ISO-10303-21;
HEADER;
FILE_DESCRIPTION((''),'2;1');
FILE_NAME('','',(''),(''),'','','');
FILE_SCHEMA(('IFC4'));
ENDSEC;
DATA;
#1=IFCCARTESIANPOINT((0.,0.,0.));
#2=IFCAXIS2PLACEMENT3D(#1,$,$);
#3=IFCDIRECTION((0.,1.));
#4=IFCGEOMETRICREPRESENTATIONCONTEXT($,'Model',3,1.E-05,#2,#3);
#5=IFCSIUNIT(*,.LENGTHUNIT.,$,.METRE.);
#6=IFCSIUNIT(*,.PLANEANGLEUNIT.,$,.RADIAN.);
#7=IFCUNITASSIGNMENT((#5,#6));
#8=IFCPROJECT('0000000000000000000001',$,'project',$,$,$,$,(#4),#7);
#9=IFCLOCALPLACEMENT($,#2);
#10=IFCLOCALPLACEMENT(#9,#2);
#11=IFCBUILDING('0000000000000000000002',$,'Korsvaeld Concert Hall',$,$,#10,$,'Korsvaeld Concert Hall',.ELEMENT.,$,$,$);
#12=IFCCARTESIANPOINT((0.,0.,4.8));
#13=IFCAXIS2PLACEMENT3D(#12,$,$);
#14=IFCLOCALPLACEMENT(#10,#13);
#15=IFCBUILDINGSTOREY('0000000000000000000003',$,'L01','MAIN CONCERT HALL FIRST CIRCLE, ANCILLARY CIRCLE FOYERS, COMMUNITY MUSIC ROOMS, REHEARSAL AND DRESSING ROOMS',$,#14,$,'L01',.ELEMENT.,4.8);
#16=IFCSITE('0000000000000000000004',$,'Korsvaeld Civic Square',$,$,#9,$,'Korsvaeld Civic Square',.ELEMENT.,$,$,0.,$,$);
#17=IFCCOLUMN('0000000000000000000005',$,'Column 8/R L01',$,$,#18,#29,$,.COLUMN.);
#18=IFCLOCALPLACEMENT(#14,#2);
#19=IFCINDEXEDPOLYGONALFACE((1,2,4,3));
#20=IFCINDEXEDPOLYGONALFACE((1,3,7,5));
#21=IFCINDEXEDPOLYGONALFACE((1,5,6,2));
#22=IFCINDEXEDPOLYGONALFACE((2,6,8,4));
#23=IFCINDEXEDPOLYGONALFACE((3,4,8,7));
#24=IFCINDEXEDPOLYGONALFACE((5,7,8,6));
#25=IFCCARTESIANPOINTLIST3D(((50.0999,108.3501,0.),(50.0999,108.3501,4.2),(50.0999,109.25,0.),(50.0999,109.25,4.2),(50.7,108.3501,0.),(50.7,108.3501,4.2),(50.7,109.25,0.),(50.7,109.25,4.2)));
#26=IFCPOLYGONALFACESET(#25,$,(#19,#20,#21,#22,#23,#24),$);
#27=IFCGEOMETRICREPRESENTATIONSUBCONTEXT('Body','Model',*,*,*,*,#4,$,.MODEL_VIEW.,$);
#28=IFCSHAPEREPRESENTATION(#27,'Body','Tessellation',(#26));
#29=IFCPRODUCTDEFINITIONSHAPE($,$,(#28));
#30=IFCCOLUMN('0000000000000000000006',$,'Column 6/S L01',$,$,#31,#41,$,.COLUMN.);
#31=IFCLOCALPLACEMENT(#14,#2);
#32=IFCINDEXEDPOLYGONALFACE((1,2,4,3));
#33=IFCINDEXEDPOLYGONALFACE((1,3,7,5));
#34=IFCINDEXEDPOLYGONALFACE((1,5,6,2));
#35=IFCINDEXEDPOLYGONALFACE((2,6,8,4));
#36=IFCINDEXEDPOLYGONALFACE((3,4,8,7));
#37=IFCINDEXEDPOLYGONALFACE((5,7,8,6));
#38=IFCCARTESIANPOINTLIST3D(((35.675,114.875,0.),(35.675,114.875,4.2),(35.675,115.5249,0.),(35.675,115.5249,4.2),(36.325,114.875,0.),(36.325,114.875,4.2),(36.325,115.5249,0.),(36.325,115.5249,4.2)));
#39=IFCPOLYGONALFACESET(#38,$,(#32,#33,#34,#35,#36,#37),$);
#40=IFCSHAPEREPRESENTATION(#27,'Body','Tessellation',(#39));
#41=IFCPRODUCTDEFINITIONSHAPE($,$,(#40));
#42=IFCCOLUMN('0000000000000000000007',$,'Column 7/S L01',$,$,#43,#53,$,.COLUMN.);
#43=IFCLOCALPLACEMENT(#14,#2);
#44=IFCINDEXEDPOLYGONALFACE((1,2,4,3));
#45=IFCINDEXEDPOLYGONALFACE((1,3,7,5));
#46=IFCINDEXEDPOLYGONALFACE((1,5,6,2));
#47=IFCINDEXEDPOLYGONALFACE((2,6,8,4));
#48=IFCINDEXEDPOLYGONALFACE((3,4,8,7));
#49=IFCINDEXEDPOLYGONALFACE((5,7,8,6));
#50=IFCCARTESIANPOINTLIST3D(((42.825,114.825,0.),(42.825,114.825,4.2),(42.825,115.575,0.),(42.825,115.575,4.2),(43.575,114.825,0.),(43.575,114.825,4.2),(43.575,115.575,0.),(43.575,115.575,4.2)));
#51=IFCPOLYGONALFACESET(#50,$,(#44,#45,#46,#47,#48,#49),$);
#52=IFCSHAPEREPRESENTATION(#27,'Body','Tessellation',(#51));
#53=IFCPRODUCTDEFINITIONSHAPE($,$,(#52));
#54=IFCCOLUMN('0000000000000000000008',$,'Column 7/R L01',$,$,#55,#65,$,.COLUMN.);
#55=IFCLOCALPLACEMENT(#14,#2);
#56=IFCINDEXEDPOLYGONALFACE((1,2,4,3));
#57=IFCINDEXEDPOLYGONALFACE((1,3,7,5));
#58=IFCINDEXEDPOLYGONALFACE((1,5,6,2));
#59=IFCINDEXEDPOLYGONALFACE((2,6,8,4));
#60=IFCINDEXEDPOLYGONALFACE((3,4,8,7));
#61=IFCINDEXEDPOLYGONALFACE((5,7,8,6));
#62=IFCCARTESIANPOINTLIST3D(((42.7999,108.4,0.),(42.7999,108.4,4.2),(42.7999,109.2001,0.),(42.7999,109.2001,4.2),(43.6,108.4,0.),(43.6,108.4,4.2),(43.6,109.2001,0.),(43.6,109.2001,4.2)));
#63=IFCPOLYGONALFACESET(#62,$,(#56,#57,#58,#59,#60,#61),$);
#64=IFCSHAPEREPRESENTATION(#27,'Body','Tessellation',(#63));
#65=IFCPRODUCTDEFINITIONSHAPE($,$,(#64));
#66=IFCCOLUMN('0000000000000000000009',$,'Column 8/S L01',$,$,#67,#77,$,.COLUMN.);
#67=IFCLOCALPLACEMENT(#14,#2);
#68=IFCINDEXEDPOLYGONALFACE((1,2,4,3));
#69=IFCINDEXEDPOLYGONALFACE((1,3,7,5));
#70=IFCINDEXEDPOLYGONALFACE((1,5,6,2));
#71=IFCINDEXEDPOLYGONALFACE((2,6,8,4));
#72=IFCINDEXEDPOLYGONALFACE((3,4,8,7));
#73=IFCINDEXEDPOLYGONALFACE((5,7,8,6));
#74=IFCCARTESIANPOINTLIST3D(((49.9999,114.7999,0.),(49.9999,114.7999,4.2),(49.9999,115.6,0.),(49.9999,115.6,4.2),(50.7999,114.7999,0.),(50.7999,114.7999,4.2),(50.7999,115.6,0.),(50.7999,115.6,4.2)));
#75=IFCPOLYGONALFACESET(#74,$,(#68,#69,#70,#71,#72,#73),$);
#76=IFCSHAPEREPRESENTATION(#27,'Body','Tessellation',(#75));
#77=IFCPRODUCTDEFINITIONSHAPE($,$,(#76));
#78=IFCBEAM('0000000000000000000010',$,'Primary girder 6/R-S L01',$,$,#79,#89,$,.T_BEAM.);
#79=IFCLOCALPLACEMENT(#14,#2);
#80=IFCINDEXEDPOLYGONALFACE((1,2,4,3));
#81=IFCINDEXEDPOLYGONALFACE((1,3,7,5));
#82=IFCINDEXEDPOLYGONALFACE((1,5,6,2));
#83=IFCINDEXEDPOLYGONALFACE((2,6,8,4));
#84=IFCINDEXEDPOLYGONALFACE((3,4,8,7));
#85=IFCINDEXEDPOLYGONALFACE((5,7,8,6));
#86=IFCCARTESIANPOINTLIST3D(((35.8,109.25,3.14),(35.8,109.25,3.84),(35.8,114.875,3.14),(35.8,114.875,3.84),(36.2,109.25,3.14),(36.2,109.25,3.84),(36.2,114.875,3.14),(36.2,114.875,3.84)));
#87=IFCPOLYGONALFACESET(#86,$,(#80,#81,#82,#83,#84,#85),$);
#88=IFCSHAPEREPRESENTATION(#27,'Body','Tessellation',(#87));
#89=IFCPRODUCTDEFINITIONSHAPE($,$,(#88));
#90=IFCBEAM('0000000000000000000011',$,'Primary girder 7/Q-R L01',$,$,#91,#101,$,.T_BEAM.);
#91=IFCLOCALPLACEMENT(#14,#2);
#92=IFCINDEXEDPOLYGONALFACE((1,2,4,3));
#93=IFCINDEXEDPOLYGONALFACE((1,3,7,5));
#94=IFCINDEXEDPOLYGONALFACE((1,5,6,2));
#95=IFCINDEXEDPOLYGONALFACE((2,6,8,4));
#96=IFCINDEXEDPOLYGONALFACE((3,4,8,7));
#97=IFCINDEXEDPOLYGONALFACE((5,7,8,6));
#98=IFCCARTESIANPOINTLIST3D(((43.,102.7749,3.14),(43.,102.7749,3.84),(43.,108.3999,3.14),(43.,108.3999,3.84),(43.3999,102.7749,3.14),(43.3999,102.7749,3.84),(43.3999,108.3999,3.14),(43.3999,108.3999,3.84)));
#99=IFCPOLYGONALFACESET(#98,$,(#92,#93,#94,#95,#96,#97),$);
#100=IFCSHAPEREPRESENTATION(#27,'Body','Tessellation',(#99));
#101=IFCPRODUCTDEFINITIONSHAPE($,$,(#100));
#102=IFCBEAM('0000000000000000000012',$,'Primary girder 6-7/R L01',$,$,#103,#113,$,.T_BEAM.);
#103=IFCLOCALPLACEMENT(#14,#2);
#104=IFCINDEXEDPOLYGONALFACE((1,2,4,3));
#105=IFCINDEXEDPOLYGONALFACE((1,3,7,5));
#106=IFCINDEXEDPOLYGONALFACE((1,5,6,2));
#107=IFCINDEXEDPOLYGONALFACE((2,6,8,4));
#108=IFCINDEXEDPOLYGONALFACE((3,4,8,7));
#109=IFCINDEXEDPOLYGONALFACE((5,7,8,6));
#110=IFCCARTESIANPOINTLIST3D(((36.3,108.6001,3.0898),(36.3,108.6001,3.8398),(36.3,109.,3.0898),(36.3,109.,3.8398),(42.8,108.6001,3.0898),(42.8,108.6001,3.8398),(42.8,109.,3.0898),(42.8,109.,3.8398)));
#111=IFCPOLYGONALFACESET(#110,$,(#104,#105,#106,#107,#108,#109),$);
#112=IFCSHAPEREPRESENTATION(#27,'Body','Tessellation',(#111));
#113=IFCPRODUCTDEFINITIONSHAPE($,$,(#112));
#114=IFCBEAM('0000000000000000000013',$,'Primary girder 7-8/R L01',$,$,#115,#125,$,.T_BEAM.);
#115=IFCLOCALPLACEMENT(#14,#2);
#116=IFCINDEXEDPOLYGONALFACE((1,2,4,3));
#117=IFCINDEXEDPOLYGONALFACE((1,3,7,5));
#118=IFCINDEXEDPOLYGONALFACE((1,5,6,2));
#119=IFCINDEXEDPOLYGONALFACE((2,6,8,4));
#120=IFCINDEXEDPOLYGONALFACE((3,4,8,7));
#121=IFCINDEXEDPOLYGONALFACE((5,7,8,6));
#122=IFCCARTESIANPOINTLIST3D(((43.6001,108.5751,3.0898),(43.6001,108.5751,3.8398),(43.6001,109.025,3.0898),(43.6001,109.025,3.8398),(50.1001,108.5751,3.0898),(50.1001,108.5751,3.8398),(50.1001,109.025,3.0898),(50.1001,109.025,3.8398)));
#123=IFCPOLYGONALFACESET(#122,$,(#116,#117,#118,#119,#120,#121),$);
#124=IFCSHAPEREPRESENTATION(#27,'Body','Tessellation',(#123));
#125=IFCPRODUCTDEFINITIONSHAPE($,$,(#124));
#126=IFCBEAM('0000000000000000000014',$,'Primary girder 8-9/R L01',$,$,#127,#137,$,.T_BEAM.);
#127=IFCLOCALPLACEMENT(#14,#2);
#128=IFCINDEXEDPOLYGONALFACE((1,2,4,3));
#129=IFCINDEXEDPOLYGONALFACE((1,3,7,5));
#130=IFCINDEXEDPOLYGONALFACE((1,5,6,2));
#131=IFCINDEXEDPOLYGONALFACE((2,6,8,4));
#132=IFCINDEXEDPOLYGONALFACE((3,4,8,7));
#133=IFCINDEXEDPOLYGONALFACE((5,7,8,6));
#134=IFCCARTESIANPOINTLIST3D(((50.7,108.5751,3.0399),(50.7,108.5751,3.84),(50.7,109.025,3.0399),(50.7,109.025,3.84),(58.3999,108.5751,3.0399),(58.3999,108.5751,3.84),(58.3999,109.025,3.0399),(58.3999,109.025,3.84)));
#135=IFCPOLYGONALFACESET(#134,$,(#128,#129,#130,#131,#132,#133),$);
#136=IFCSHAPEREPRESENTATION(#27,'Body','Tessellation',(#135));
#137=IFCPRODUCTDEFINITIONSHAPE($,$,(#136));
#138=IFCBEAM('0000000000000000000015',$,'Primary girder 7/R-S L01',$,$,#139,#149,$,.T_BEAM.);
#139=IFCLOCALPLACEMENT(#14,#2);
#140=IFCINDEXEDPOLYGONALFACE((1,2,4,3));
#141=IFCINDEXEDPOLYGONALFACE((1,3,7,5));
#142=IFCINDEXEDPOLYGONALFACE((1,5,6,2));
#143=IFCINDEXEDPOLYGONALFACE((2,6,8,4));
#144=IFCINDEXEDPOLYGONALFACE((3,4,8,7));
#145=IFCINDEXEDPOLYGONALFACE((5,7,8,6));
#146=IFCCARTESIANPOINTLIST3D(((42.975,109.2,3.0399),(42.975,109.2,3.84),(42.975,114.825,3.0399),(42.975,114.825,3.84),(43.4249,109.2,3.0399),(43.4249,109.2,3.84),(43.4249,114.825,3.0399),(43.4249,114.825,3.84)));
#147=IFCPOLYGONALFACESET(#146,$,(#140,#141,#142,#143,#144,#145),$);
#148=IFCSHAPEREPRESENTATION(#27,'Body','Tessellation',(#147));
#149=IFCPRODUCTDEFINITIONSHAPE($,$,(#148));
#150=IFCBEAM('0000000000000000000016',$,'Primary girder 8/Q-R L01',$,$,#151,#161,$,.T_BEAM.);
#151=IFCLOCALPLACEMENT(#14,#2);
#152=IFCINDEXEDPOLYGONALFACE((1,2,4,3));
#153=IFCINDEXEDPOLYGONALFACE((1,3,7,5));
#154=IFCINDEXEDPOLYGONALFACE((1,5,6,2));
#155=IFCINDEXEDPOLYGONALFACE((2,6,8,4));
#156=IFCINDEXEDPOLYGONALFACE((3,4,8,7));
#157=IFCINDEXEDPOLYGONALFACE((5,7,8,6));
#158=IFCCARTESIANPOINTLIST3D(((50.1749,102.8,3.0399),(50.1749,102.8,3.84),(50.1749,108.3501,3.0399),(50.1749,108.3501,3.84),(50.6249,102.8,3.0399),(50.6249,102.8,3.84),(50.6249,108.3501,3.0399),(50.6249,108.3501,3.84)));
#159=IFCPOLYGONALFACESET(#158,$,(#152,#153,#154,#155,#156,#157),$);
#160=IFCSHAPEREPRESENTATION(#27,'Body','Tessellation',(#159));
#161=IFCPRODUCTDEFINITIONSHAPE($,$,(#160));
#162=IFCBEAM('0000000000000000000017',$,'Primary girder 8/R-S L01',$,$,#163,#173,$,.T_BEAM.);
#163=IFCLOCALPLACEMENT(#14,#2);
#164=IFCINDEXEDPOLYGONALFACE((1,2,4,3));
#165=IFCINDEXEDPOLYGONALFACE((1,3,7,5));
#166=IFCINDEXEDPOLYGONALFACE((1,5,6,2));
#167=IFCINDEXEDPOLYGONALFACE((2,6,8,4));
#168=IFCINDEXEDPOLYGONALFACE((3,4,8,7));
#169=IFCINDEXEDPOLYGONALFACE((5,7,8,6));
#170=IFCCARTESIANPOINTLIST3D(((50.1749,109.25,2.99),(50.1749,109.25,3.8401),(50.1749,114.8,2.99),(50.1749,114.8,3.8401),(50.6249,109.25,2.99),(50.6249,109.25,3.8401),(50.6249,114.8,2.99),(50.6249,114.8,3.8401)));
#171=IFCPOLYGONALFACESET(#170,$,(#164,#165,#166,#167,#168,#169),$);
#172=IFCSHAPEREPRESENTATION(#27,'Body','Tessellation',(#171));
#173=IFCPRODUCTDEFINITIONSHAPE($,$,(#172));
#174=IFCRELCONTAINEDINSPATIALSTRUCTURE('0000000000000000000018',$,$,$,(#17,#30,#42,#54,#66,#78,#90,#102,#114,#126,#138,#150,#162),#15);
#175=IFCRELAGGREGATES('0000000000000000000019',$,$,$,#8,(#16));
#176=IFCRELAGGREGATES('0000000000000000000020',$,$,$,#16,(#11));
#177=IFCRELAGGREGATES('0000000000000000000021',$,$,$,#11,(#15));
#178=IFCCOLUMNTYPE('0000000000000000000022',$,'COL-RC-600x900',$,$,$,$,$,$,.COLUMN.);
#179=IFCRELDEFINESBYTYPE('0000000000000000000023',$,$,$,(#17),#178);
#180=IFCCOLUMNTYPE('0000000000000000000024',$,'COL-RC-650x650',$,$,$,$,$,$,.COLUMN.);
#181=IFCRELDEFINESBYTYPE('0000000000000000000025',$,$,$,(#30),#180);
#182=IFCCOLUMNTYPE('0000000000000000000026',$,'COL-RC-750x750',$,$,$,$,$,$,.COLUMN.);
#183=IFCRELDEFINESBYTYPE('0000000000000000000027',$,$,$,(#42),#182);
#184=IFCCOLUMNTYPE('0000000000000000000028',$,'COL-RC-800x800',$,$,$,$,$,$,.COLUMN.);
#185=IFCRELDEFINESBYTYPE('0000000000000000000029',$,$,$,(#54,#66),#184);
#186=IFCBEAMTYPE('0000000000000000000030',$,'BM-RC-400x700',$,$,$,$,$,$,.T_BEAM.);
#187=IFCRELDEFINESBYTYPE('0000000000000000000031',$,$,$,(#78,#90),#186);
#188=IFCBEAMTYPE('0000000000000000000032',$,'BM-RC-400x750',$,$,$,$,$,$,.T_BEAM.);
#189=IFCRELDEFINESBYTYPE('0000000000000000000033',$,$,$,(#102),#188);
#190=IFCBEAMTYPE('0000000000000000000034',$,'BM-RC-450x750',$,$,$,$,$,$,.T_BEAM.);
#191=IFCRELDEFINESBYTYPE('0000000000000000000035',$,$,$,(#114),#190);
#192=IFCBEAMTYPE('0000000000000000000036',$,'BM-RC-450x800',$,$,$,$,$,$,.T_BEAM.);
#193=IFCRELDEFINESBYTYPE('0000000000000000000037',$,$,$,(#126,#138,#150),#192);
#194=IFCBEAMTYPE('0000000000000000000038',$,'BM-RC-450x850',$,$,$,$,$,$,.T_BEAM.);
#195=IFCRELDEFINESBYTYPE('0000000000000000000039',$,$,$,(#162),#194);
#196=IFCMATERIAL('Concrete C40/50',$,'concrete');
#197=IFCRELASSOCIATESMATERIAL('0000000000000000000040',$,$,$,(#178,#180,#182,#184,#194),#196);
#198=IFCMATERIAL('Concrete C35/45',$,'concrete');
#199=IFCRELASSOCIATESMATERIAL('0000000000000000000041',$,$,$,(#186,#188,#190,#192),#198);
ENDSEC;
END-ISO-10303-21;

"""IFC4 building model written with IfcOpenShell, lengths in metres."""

from ifc_helpers import new_model, si_unit, direction, frame, origin, origin_2d, place, context, subcontext, project, spatial, rectangle, extrude, material, material_profile, profile_set, type_object, element, save


model = new_model("IFC4")

# Units and contexts
model_context = context("Model", 3, precision=1e-05, world=origin(), true_north=direction((0.0, 1.0)))
body_context = subcontext(model_context, "Body", "Model", "MODEL_VIEW")
ifc_project = project(units=[si_unit("LENGTHUNIT", "METRE"), si_unit("PLANEANGLEUNIT", "RADIAN")], contexts=[model_context])

# Site, building, storey
site_placement = place(None, origin())
site = spatial("IfcSite", under=ifc_project, at=site_placement, Name="Korsvaeld Civic Square", LongName="Korsvaeld Civic Square", CompositionType="ELEMENT", RefElevation=0.0)
building_placement = place(site_placement, origin())
building = spatial("IfcBuilding", under=site, at=building_placement, Name="Korsvaeld Concert Hall", LongName="Korsvaeld Concert Hall", CompositionType="ELEMENT")
storey_placement = place(building_placement, frame((0.0, 0.0, 4.8)))
storey = spatial("IfcBuildingStorey", under=building, at=storey_placement, Name="L01", Description="MAIN CONCERT HALL FIRST CIRCLE, ANCILLARY CIRCLE FOYERS, COMMUNITY MUSIC ROOMS, REHEARSAL AND DRESSING ROOMS", LongName="L01", CompositionType="ELEMENT", Elevation=4.8)

# Columns
ifc_material_1 = material(Name="Concrete C40/50", Category="concrete")
ifc_material_profile_1 = material_profile(ifc_material_1, rectangle(XDim=0.6001, YDim=0.8999, at=origin_2d()), Name="RC 600x900")
ifc_profile_set_1 = profile_set([ifc_material_profile_1], Name="Concrete C40/50")
column_type_1 = type_object("IfcColumnType", Name="COL-RC-600x900", PredefinedType="COLUMN", material=ifc_profile_set_1)
column_1_placement = place(storey_placement, frame((50.3999, 108.8, 0.0), z_axis=(0.0, 0.0, 1.0), x_axis=(1.0, 0.0, 0.0)))
element("IfcColumn", 1, at=column_1_placement, inside=storey, type_object=column_type_1, Name="Column 8/R L01", PredefinedType="COLUMN", context=body_context, shape_type="SweptSolid", body=[
    extrude(rectangle(XDim=0.6001, YDim=0.8999, at=origin_2d()), origin(), (0.0, 0.0, 1.0), 4.2),
])
ifc_material_profile_2 = material_profile(ifc_material_1, rectangle(XDim=0.6499, YDim=0.6499, at=origin_2d()), Name="RC 650x650")
ifc_profile_set_2 = profile_set([ifc_material_profile_2], Name="Concrete C40/50")
column_type_2 = type_object("IfcColumnType", Name="COL-RC-650x650", PredefinedType="COLUMN", material=ifc_profile_set_2)
column_2_placement = place(storey_placement, frame((36.0, 115.2, 0.0), z_axis=(0.0, 0.0, 1.0), x_axis=(1.0, 0.0, 0.0)))
element("IfcColumn", 2, at=column_2_placement, inside=storey, type_object=column_type_2, Name="Column 6/S L01", PredefinedType="COLUMN", context=body_context, shape_type="SweptSolid", body=[
    extrude(rectangle(XDim=0.6499, YDim=0.6499, at=origin_2d()), origin(), (0.0, 0.0, 1.0), 4.2),
])
ifc_material_profile_3 = material_profile(ifc_material_1, rectangle(XDim=0.75, YDim=0.75, at=origin_2d()), Name="RC 750x750")
ifc_profile_set_3 = profile_set([ifc_material_profile_3], Name="Concrete C40/50")
column_type_3 = type_object("IfcColumnType", Name="COL-RC-750x750", PredefinedType="COLUMN", material=ifc_profile_set_3)
column_3_placement = place(storey_placement, frame((43.2, 115.2, 0.0), z_axis=(0.0, 0.0, 1.0), x_axis=(1.0, 0.0, 0.0)))
element("IfcColumn", 3, at=column_3_placement, inside=storey, type_object=column_type_3, Name="Column 7/S L01", PredefinedType="COLUMN", context=body_context, shape_type="SweptSolid", body=[
    extrude(rectangle(XDim=0.75, YDim=0.75, at=origin_2d()), origin(), (0.0, 0.0, 1.0), 4.2),
])
ifc_material_profile_4 = material_profile(ifc_material_1, rectangle(XDim=0.8, YDim=0.8, at=origin_2d()), Name="RC 800x800")
ifc_profile_set_4 = profile_set([ifc_material_profile_4], Name="Concrete C40/50")
column_type_4 = type_object("IfcColumnType", Name="COL-RC-800x800", PredefinedType="COLUMN", material=ifc_profile_set_4)
for number, where, z_axis, x_axis, name in (
    (4, (43.2, 108.8, 0.0), (0.0, 0.0, 1.0), (1.0, 0.0, 0.0), "Column 7/R L01"),
    (5, (50.3999, 115.2, 0.0), (0.0, 0.0, 1.0), (1.0, 0.0, 0.0), "Column 8/S L01"),
):
    element("IfcColumn", number, at=place(storey_placement, frame(where, z_axis=z_axis, x_axis=x_axis)), inside=storey, type_object=column_type_4, Name=name, PredefinedType="COLUMN", context=body_context, shape_type="SweptSolid", body=[
        extrude(rectangle(XDim=0.8, YDim=0.8, at=origin_2d()), origin(), (0.0, 0.0, 1.0), 4.2),
    ])

# Beams
ifc_material_2 = material(Name="Concrete C35/45", Category="concrete")
ifc_material_profile_5 = material_profile(ifc_material_2, rectangle(XDim=0.3999, YDim=0.7, at=origin_2d()), Name="RC 400x700")
ifc_profile_set_5 = profile_set([ifc_material_profile_5], Name="Concrete C35/45")
beam_type_1 = type_object("IfcBeamType", Name="BM-RC-400x700", PredefinedType="T_BEAM", material=ifc_profile_set_5)
for number, where, z_axis, x_axis, name in (
    (6, (36.0, 109.25, 3.49), (0.0, 1.0, 0.0), (-1.0, 0.0, 0.0), "Primary girder 6/R-S L01"),
    (7, (43.2, 102.7749, 3.49), (0.0, 1.0, 0.0), (-1.0, 0.0, 0.0), "Primary girder 7/Q-R L01"),
):
    element("IfcBeam", number, at=place(storey_placement, frame(where, z_axis=z_axis, x_axis=x_axis)), inside=storey, type_object=beam_type_1, Name=name, PredefinedType="T_BEAM", context=body_context, shape_type="SweptSolid", body=[
        extrude(rectangle(XDim=0.3999, YDim=0.7, at=origin_2d()), origin(), (0.0, 0.0, 1.0), 5.625),
    ])
ifc_material_profile_6 = material_profile(ifc_material_2, rectangle(XDim=0.3999, YDim=0.75, at=origin_2d()), Name="RC 400x750")
ifc_profile_set_6 = profile_set([ifc_material_profile_6], Name="Concrete C35/45")
beam_type_2 = type_object("IfcBeamType", Name="BM-RC-400x750", PredefinedType="T_BEAM", material=ifc_profile_set_6)
beam_1_placement = place(storey_placement, frame((36.3, 108.8, 3.4648), z_axis=(1.0, 0.0, 0.0), x_axis=(0.0, 1.0, 0.0)))
element("IfcBeam", 8, at=beam_1_placement, inside=storey, type_object=beam_type_2, Name="Primary girder 6-7/R L01", PredefinedType="T_BEAM", context=body_context, shape_type="SweptSolid", body=[
    extrude(rectangle(XDim=0.3999, YDim=0.75, at=origin_2d()), origin(), (0.0, 0.0, 1.0), 6.5),
])
ifc_material_profile_7 = material_profile(ifc_material_2, rectangle(XDim=0.45, YDim=0.75, at=origin_2d()), Name="RC 450x750")
ifc_profile_set_7 = profile_set([ifc_material_profile_7], Name="Concrete C35/45")
beam_type_3 = type_object("IfcBeamType", Name="BM-RC-450x750", PredefinedType="T_BEAM", material=ifc_profile_set_7)
beam_2_placement = place(storey_placement, frame((43.6001, 108.8, 3.4648), z_axis=(1.0, 0.0, 0.0), x_axis=(0.0, 1.0, 0.0)))
element("IfcBeam", 9, at=beam_2_placement, inside=storey, type_object=beam_type_3, Name="Primary girder 7-8/R L01", PredefinedType="T_BEAM", context=body_context, shape_type="SweptSolid", body=[
    extrude(rectangle(XDim=0.45, YDim=0.75, at=origin_2d()), origin(), (0.0, 0.0, 1.0), 6.5),
])
ifc_material_profile_8 = material_profile(ifc_material_2, rectangle(XDim=0.45, YDim=0.8, at=origin_2d()), Name="RC 450x800")
ifc_profile_set_8 = profile_set([ifc_material_profile_8], Name="Concrete C35/45")
beam_type_4 = type_object("IfcBeamType", Name="BM-RC-450x800", PredefinedType="T_BEAM", material=ifc_profile_set_8)
beam_3_placement = place(storey_placement, frame((50.7, 108.8, 3.4399), z_axis=(1.0, 0.0, 0.0), x_axis=(0.0, 1.0, 0.0)))
element("IfcBeam", 10, at=beam_3_placement, inside=storey, type_object=beam_type_4, Name="Primary girder 8-9/R L01", PredefinedType="T_BEAM", context=body_context, shape_type="SweptSolid", body=[
    extrude(rectangle(XDim=0.45, YDim=0.8, at=origin_2d()), origin(), (0.0, 0.0, 1.0), 7.7),
])
beam_4_placement = place(storey_placement, frame((43.2, 109.2, 3.4399), z_axis=(0.0, 1.0, 0.0), x_axis=(-1.0, 0.0, 0.0)))
element("IfcBeam", 11, at=beam_4_placement, inside=storey, type_object=beam_type_4, Name="Primary girder 7/R-S L01", PredefinedType="T_BEAM", context=body_context, shape_type="SweptSolid", body=[
    extrude(rectangle(XDim=0.45, YDim=0.8, at=origin_2d()), origin(), (0.0, 0.0, 1.0), 5.625),
])
beam_5_placement = place(storey_placement, frame((50.3999, 102.8, 3.4399), z_axis=(0.0, 1.0, 0.0), x_axis=(-1.0, 0.0, 0.0)))
element("IfcBeam", 12, at=beam_5_placement, inside=storey, type_object=beam_type_4, Name="Primary girder 8/Q-R L01", PredefinedType="T_BEAM", context=body_context, shape_type="SweptSolid", body=[
    extrude(rectangle(XDim=0.45, YDim=0.8, at=origin_2d()), origin(), (0.0, 0.0, 1.0), 5.55),
])
ifc_material_profile_9 = material_profile(ifc_material_1, rectangle(XDim=0.45, YDim=0.8501, at=origin_2d()), Name="RC 450x850")
ifc_profile_set_9 = profile_set([ifc_material_profile_9], Name="Concrete C40/50")
beam_type_5 = type_object("IfcBeamType", Name="BM-RC-450x850", PredefinedType="T_BEAM", material=ifc_profile_set_9)
beam_6_placement = place(storey_placement, frame((50.3999, 109.25, 3.415), z_axis=(0.0, 1.0, 0.0), x_axis=(-1.0, 0.0, 0.0)))
element("IfcBeam", 13, at=beam_6_placement, inside=storey, type_object=beam_type_5, Name="Primary girder 8/R-S L01", PredefinedType="T_BEAM", context=body_context, shape_type="SweptSolid", body=[
    extrude(rectangle(XDim=0.45, YDim=0.8501, at=origin_2d()), origin(), (0.0, 0.0, 1.0), 5.55),
])

save(model, "model.ifc")
